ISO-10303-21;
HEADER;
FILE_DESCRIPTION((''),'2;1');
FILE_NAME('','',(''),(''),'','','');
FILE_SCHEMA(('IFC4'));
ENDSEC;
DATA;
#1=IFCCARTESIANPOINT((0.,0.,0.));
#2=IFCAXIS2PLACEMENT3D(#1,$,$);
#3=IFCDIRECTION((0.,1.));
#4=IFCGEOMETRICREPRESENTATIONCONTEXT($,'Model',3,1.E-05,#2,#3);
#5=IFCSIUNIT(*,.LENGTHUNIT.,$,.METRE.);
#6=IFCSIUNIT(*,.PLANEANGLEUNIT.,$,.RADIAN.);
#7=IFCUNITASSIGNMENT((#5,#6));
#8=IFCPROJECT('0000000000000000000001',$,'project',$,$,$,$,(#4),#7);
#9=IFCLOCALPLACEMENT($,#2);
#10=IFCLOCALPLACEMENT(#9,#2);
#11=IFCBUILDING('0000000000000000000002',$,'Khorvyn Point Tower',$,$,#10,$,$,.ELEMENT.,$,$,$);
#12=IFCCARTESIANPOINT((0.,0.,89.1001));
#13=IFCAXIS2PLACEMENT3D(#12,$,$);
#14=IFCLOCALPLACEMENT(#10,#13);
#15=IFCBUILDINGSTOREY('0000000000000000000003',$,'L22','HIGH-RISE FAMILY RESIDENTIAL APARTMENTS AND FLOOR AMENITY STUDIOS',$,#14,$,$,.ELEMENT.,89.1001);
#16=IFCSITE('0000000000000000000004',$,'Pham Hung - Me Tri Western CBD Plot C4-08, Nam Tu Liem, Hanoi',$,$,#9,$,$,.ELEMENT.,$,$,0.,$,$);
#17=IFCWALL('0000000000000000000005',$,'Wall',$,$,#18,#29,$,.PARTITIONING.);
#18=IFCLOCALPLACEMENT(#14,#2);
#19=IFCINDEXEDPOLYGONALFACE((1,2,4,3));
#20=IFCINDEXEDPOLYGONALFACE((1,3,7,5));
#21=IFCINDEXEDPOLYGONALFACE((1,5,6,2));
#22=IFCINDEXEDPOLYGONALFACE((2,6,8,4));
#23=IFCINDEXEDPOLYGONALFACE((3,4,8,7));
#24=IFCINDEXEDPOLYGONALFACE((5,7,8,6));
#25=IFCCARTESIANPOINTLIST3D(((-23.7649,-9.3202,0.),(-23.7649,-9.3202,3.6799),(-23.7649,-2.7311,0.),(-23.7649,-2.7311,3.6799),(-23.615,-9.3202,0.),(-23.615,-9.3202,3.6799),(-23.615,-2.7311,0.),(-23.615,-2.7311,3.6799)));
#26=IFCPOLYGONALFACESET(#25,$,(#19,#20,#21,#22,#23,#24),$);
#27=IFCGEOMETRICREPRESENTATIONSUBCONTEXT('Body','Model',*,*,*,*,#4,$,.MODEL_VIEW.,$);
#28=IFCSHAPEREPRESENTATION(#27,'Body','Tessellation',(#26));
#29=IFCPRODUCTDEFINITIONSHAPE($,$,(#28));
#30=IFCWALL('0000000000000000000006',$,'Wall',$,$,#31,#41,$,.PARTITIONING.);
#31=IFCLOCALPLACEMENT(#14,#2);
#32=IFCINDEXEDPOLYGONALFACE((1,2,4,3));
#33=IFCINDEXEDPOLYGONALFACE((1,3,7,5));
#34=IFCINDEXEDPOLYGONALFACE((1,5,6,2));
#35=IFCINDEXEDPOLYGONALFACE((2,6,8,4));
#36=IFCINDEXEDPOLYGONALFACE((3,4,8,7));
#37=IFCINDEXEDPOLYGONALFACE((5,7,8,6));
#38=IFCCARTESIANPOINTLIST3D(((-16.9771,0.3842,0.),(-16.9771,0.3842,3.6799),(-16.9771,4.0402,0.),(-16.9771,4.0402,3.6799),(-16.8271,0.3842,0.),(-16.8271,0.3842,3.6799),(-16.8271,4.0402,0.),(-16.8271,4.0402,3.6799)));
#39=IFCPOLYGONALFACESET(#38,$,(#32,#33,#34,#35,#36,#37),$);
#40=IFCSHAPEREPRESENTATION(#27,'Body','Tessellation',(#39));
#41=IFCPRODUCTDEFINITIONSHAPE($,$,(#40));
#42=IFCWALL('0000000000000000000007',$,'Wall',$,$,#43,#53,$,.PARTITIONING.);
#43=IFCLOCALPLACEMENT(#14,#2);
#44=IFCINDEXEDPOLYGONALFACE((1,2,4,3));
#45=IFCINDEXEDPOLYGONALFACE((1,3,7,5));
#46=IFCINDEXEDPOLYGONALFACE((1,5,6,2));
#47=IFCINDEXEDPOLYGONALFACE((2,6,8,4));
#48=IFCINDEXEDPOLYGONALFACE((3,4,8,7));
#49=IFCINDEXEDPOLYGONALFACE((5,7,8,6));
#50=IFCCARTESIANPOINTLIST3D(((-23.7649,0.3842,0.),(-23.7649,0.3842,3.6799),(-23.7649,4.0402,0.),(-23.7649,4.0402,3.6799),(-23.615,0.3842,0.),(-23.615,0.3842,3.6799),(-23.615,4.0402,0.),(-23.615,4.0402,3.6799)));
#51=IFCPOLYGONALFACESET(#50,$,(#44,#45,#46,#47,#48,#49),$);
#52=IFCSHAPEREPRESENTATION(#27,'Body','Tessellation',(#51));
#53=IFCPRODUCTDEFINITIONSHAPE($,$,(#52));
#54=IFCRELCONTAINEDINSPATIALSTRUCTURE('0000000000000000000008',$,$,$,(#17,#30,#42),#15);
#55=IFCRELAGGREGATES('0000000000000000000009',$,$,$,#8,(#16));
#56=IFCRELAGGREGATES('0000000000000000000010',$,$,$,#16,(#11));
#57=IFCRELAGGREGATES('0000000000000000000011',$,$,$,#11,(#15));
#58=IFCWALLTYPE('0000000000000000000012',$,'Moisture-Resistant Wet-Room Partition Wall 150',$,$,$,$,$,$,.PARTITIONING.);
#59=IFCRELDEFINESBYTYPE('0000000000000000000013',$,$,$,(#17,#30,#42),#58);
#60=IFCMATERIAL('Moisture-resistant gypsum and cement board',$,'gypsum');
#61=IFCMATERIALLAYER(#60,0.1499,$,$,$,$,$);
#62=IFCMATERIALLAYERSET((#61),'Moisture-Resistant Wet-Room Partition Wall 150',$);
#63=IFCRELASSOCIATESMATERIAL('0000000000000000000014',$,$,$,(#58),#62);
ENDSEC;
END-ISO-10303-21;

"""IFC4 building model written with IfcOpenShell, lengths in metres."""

from ifc_helpers import new_model, si_unit, direction, frame, frame_2d, origin, place, context, subcontext, project, spatial, rectangle, extrude, material, layer, layer_set, type_object, element, save


model = new_model("IFC4")

# Units and contexts
model_context = context("Model", 3, precision=1e-05, world=origin(), true_north=direction((0.0, 1.0)))
body_context = subcontext(model_context, "Body", "Model", "MODEL_VIEW")
ifc_project = project(units=[si_unit("LENGTHUNIT", "METRE"), si_unit("PLANEANGLEUNIT", "RADIAN")], contexts=[model_context])

# Site, building, storey
site_placement = place(None, origin())
site = spatial("IfcSite", under=ifc_project, at=site_placement, Name="Pham Hung - Me Tri Western CBD Plot C4-08, Nam Tu Liem, Hanoi", CompositionType="ELEMENT", RefElevation=0.0)
building_placement = place(site_placement, origin())
building = spatial("IfcBuilding", under=site, at=building_placement, Name="Khorvyn Point Tower", CompositionType="ELEMENT")
storey_placement = place(building_placement, frame((0.0, 0.0, 89.1001)))
storey = spatial("IfcBuildingStorey", under=building, at=storey_placement, Name="L22", Description="HIGH-RISE FAMILY RESIDENTIAL APARTMENTS AND FLOOR AMENITY STUDIOS", CompositionType="ELEMENT", Elevation=89.1001)

# Shared definitions
ifc_material_1 = material(Name="Moisture-resistant gypsum and cement board", Category="gypsum")
ifc_layer_1 = layer(ifc_material_1, 0.1499)
ifc_layer_set_1 = layer_set([ifc_layer_1], Name="Moisture-Resistant Wet-Room Partition Wall 150")
wall_type_1 = type_object("IfcWallType", Name="Moisture-Resistant Wet-Room Partition Wall 150", PredefinedType="PARTITIONING", material=ifc_layer_set_1)

# Walls
for number, where, z_axis, x_axis, name in (
    (1, (-23.6899, -9.3201, 0.0), (0.0, 0.0, 1.0), (0.0, 1.0, 0.0), "Wall"),
):
    element("IfcWall", number, at=place(storey_placement, frame(where, z_axis=z_axis, x_axis=x_axis)), inside=storey, type_object=wall_type_1, Name=name, PredefinedType="PARTITIONING", context=body_context, shape_type="SweptSolid", body=[
        extrude(rectangle(XDim=6.5891, YDim=0.1499, at=frame_2d((3.2944, 0.0))), origin(), (0.0, 0.0, 1.0), 3.6799),
    ])
for number, where, z_axis, x_axis, name in (
    (2, (-16.9021, 0.384, 0.0), (0.0, 0.0, 1.0), (0.0, 1.0, 0.0), "Wall"),
    (3, (-23.6899, 0.384, 0.0), (0.0, 0.0, 1.0), (0.0, 1.0, 0.0), "Wall"),
):
    element("IfcWall", number, at=place(storey_placement, frame(where, z_axis=z_axis, x_axis=x_axis)), inside=storey, type_object=wall_type_1, Name=name, PredefinedType="PARTITIONING", context=body_context, shape_type="SweptSolid", body=[
        extrude(rectangle(XDim=3.656, YDim=0.1499, at=frame_2d((1.8281, 0.0))), origin(), (0.0, 0.0, 1.0), 3.6799),
    ])

save(model, "model.ifc")
